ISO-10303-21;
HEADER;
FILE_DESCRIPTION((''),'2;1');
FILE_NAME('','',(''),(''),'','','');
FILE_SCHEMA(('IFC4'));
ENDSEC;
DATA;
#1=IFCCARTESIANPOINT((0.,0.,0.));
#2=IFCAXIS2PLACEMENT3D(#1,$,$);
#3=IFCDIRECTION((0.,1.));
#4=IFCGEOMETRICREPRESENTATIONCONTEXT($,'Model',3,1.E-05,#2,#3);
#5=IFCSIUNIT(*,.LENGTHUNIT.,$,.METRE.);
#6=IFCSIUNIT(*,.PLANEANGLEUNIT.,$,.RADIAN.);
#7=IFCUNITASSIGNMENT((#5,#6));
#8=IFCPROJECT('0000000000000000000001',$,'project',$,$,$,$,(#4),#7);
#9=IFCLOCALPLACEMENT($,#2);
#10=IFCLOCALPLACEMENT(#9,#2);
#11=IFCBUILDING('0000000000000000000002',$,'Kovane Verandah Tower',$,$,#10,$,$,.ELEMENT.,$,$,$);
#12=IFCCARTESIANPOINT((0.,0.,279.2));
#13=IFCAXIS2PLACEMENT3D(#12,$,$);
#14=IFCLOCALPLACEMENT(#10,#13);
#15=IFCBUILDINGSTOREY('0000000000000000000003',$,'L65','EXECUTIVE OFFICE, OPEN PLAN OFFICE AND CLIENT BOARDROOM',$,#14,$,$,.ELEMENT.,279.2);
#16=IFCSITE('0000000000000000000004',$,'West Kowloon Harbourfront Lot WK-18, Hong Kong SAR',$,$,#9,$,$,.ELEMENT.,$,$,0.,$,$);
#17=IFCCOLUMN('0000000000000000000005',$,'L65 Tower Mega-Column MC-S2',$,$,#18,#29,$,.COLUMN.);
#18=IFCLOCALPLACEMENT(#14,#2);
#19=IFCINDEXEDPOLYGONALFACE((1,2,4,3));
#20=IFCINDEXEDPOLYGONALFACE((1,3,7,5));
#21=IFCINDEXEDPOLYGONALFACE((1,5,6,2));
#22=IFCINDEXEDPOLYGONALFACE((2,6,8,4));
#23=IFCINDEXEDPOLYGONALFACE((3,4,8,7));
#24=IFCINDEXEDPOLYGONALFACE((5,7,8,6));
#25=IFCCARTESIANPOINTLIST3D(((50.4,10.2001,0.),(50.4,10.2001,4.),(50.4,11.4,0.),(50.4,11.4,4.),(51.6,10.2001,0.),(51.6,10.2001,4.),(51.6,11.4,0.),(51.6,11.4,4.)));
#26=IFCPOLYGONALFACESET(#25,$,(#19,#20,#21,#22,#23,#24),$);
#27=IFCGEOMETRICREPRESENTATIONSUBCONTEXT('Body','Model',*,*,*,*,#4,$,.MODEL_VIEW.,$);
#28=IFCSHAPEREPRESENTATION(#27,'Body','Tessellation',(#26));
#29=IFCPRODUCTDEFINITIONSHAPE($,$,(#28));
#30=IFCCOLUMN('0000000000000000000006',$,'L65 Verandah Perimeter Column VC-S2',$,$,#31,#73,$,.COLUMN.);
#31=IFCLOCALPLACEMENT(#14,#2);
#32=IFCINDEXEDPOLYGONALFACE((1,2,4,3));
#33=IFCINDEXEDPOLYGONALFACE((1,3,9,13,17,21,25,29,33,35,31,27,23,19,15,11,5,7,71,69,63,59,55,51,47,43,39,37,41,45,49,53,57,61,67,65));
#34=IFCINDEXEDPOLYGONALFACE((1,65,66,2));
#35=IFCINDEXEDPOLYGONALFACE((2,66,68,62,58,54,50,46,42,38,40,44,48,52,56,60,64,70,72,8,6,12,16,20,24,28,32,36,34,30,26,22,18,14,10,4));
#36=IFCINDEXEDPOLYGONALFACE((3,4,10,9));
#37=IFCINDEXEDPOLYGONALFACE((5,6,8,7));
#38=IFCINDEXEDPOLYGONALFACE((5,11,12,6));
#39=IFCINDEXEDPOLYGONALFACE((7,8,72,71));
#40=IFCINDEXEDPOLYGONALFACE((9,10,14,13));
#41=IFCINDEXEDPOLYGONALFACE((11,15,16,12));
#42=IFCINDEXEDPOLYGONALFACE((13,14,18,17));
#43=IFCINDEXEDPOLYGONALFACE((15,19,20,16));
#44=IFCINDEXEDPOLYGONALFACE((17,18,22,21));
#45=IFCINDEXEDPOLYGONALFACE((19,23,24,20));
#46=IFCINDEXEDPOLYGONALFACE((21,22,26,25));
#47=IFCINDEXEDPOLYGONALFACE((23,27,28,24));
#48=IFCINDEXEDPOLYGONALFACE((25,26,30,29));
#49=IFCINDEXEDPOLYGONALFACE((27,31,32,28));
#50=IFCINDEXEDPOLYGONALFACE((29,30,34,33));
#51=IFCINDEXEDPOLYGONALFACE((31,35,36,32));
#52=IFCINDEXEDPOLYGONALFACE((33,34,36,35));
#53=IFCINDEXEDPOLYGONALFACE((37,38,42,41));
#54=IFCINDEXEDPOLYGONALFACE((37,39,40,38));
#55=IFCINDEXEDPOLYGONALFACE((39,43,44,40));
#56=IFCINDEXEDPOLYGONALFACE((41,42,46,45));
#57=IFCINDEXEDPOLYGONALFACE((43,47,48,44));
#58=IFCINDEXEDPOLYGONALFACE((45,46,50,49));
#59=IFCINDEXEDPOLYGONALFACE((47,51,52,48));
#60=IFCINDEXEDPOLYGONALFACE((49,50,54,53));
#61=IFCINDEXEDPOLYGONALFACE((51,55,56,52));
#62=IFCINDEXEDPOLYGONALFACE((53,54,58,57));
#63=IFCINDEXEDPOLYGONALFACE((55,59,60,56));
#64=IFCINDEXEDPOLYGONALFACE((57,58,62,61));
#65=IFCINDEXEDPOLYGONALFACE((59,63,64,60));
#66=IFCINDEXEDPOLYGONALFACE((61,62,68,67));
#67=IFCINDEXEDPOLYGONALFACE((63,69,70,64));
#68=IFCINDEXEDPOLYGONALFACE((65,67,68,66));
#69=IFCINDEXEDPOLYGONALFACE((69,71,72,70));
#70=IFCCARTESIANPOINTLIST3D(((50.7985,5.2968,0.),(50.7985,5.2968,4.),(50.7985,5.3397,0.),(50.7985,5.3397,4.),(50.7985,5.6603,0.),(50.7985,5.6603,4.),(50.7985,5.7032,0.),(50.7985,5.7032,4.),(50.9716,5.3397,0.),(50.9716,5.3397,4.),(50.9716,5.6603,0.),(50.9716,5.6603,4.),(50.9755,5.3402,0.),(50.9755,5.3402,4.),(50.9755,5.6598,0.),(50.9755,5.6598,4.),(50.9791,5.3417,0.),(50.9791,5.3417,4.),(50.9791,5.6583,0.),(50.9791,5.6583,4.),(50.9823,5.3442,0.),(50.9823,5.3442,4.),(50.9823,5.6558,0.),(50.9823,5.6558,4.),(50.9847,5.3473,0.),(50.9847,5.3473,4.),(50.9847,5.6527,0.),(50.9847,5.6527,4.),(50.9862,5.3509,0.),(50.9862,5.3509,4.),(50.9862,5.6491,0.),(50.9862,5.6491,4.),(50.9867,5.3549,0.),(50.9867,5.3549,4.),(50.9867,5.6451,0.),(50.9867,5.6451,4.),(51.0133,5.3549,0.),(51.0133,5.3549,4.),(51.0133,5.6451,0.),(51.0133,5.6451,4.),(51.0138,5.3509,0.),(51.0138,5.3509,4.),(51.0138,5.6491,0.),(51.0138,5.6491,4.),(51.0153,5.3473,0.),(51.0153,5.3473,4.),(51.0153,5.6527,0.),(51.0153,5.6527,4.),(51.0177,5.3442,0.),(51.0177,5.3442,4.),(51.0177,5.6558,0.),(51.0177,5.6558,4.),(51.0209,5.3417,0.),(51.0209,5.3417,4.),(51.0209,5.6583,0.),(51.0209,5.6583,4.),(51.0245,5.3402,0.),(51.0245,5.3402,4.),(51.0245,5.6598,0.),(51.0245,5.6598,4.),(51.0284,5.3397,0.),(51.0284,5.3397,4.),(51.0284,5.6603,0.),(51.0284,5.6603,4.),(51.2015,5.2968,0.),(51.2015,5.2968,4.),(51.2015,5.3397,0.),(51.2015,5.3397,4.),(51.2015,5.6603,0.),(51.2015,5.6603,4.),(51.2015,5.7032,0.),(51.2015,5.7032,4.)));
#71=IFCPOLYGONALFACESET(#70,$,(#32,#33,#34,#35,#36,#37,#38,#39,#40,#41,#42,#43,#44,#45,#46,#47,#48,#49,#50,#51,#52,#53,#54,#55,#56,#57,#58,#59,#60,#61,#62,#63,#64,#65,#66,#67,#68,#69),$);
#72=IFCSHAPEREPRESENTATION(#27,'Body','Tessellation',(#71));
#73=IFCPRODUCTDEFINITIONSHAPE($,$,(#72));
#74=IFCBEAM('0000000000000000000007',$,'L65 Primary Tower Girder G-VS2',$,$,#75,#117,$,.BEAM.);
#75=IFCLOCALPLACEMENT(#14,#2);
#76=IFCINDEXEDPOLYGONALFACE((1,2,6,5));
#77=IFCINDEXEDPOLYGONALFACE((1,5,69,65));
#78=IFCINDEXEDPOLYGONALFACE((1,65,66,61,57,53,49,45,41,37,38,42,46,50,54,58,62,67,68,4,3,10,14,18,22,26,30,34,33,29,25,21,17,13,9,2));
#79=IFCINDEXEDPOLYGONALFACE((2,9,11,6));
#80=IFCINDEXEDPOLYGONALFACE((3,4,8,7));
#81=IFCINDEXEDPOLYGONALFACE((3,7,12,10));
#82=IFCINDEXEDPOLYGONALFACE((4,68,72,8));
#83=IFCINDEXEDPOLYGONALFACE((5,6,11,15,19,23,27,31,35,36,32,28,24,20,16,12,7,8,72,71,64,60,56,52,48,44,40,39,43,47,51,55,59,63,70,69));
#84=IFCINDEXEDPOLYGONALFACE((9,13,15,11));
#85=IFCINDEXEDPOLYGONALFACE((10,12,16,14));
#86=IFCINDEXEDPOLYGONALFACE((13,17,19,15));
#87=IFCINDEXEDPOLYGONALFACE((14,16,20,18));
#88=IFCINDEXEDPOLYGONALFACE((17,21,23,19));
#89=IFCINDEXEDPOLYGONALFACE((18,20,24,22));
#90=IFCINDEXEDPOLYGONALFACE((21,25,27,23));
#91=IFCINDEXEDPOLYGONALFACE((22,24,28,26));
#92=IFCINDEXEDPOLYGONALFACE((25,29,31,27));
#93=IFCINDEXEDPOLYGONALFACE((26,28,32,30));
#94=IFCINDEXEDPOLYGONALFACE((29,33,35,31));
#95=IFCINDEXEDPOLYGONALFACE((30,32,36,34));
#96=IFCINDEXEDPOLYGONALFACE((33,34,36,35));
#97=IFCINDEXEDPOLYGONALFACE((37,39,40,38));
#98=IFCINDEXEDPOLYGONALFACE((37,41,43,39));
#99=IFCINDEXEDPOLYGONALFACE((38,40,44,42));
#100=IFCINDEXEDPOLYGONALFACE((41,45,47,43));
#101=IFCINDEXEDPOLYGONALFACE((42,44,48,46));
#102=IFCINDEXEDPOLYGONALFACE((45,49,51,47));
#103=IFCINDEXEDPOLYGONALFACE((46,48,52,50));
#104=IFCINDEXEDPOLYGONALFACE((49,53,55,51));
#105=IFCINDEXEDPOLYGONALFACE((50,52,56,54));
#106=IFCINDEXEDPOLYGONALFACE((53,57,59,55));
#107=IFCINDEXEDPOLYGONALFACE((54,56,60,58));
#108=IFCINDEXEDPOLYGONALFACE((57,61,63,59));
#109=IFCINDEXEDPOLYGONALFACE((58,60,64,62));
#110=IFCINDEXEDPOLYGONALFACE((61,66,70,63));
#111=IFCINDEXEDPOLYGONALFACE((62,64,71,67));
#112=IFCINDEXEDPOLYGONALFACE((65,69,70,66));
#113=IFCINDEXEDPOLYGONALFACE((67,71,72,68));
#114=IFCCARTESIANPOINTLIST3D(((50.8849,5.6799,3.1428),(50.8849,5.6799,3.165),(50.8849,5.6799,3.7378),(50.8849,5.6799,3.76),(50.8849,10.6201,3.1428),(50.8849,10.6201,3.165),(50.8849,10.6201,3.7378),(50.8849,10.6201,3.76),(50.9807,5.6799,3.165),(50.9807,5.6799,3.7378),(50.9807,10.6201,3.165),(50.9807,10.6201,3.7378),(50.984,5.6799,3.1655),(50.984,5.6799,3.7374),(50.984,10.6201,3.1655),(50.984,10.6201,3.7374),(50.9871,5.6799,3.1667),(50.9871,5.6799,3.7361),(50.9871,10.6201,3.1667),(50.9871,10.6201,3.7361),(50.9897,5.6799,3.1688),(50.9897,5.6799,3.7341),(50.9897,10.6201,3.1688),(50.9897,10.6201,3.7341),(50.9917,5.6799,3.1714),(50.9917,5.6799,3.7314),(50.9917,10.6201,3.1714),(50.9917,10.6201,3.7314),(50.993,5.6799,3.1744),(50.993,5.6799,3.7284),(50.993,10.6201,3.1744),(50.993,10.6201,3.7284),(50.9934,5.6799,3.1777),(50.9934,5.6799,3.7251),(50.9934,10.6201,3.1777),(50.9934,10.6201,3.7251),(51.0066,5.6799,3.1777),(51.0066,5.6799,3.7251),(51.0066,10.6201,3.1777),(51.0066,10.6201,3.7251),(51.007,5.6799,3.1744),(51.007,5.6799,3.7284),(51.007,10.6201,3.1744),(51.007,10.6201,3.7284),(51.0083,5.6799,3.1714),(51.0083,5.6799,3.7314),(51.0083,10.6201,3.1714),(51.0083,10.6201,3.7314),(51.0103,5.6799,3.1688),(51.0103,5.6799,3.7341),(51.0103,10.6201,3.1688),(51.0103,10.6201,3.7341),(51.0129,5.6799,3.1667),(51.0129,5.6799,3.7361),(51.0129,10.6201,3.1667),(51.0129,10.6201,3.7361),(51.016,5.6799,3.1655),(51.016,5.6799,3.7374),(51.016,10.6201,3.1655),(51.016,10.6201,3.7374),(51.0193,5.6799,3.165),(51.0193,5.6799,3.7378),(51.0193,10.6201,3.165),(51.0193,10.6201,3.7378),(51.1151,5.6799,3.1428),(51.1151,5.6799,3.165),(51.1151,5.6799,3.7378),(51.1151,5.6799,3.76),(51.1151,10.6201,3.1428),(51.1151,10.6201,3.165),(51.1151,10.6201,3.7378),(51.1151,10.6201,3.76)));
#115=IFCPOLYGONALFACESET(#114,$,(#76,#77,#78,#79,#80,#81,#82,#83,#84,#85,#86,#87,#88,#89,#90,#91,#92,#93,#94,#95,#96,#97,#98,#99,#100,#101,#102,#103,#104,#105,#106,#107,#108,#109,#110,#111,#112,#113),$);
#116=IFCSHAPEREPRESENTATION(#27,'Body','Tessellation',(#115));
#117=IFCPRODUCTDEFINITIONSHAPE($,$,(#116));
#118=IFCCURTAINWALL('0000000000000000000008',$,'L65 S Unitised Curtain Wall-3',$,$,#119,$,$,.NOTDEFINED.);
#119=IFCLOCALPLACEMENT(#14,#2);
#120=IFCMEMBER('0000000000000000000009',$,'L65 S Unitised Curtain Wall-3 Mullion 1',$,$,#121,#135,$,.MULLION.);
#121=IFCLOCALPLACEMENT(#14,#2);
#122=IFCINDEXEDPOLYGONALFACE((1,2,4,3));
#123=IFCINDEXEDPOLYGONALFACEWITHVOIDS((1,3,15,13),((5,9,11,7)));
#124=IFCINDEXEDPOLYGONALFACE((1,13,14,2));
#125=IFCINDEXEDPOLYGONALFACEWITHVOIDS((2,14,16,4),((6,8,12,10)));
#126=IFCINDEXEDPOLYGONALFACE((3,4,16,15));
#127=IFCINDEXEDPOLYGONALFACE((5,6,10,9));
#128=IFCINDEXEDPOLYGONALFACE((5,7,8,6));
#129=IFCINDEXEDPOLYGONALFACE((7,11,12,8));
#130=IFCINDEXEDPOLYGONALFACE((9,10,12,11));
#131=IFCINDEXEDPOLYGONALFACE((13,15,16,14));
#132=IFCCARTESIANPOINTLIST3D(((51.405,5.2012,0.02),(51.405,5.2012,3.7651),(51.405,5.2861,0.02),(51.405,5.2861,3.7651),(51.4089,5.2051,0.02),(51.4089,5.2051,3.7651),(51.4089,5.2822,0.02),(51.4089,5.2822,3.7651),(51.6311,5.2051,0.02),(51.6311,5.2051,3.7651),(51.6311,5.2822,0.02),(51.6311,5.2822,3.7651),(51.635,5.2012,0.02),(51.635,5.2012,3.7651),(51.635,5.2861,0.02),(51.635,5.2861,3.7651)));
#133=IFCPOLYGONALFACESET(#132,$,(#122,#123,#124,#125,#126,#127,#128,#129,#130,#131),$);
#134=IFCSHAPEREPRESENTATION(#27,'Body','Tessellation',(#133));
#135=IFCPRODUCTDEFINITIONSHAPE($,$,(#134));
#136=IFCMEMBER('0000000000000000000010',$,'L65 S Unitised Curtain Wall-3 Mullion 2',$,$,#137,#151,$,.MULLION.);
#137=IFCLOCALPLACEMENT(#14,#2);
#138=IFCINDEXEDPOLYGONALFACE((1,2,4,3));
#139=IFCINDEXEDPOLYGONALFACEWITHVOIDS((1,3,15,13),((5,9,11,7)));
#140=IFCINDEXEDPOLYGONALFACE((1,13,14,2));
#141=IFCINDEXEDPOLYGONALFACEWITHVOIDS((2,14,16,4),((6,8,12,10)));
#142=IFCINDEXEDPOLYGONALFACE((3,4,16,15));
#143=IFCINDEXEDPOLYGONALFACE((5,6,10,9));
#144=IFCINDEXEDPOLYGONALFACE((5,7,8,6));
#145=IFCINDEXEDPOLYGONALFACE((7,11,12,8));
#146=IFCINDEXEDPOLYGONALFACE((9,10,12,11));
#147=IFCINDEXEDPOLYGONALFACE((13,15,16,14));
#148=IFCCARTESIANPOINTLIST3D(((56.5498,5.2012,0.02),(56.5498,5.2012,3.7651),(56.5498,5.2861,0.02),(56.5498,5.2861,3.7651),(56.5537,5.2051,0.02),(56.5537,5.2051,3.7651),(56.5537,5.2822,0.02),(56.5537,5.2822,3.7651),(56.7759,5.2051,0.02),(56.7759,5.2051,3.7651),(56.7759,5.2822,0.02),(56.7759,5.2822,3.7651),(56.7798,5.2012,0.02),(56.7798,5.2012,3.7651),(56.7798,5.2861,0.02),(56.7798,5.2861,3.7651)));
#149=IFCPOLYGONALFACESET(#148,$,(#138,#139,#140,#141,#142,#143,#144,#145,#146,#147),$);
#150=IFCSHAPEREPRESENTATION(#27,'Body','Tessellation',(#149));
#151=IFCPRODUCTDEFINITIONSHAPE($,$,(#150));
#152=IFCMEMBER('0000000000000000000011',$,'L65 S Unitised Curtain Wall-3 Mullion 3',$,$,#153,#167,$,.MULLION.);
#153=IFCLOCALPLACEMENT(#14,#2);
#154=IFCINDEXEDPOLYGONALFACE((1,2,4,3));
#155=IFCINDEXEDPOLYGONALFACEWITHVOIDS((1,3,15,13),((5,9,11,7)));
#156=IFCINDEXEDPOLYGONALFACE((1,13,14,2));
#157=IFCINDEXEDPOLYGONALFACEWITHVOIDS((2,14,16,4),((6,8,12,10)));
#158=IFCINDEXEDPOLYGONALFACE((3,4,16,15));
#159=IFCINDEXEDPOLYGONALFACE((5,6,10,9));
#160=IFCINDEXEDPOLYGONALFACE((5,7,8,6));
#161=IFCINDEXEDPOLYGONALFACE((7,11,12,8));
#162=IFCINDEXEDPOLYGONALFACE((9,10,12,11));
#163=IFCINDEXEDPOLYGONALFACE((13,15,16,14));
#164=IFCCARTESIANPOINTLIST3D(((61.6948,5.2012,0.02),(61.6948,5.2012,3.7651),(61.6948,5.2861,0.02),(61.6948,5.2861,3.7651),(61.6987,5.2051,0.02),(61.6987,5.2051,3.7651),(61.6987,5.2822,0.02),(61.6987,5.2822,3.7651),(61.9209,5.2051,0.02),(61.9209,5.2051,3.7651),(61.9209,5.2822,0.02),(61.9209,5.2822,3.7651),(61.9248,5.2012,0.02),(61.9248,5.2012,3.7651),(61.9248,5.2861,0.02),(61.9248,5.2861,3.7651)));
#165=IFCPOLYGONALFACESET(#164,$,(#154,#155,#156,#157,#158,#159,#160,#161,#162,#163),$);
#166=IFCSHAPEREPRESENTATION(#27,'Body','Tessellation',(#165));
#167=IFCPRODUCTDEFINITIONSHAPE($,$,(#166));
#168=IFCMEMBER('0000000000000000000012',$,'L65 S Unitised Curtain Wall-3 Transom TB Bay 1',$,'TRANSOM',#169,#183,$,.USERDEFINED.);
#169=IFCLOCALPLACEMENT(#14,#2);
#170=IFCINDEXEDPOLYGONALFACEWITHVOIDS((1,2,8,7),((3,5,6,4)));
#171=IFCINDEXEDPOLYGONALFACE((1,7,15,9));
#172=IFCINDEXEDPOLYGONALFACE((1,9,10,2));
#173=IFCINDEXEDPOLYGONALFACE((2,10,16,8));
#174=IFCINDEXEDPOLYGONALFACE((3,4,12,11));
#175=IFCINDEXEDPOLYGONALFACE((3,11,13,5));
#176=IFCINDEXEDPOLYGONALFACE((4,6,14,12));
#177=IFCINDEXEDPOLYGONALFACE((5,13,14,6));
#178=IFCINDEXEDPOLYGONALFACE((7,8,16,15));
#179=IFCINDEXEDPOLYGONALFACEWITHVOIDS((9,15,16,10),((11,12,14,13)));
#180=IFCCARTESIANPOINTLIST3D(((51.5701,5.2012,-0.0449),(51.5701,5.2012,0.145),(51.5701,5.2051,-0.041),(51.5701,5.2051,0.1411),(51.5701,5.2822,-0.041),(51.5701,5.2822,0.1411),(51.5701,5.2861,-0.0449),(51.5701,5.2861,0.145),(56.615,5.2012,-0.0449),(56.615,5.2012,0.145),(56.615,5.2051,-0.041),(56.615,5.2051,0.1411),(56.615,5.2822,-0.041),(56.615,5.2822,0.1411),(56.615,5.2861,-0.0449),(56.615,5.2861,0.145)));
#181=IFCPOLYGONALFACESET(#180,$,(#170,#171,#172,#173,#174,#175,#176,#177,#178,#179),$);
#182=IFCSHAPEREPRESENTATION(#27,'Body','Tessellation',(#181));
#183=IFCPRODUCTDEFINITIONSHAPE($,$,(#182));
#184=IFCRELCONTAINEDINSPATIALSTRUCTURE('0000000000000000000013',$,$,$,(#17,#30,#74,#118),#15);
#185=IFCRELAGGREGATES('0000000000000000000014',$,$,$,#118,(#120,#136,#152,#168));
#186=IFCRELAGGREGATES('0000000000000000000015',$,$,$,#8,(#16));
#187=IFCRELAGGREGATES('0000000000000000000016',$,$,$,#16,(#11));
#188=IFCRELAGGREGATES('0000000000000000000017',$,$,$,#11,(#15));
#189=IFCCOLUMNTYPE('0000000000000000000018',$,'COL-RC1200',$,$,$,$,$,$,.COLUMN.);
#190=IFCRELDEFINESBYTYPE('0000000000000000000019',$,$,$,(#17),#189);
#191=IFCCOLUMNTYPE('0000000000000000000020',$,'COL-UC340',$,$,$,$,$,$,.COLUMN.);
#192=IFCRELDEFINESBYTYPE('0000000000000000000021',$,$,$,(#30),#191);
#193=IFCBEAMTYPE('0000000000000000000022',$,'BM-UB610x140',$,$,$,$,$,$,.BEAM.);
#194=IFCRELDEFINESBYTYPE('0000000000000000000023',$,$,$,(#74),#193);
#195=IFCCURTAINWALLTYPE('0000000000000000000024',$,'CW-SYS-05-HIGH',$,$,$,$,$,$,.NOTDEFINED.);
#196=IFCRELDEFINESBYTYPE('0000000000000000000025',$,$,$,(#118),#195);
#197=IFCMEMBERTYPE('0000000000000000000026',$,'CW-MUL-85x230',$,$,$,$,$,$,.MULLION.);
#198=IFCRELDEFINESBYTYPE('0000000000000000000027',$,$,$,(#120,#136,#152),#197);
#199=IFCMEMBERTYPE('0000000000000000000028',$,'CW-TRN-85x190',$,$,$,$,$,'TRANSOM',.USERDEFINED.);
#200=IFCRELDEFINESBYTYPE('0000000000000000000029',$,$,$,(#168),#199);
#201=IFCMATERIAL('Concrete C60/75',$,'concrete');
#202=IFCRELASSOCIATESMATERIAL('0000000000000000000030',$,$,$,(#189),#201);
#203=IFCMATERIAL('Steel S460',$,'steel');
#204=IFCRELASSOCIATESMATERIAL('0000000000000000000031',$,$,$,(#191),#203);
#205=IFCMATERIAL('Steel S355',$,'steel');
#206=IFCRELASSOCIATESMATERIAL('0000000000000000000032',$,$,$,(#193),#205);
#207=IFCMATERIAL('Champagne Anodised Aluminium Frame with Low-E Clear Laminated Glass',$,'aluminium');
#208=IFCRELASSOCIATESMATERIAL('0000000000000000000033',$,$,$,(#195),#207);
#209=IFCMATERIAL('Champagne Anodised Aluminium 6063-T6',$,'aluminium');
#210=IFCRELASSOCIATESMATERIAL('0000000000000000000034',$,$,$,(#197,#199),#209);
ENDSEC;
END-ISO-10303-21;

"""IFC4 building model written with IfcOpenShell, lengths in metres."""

from ifc_helpers import new_model, si_unit, direction, frame, origin, origin_2d, place, context, subcontext, project, spatial, rectangle, hollow_rectangle, i_section, extrude, material, material_profile, profile_set, type_object, element, aggregate, save


model = new_model("IFC4")

# Units and contexts
model_context = context("Model", 3, precision=1e-05, world=origin(), true_north=direction((0.0, 1.0)))
body_context = subcontext(model_context, "Body", "Model", "MODEL_VIEW")
ifc_project = project(units=[si_unit("LENGTHUNIT", "METRE"), si_unit("PLANEANGLEUNIT", "RADIAN")], contexts=[model_context])

# Site, building, storey
site_placement = place(None, origin())
site = spatial("IfcSite", under=ifc_project, at=site_placement, Name="West Kowloon Harbourfront Lot WK-18, Hong Kong SAR", CompositionType="ELEMENT", RefElevation=0.0)
building_placement = place(site_placement, origin())
building = spatial("IfcBuilding", under=site, at=building_placement, Name="Kovane Verandah Tower", CompositionType="ELEMENT")
storey_placement = place(building_placement, frame((0.0, 0.0, 279.2)))
storey = spatial("IfcBuildingStorey", under=building, at=storey_placement, Name="L65", Description="EXECUTIVE OFFICE, OPEN PLAN OFFICE AND CLIENT BOARDROOM", CompositionType="ELEMENT", Elevation=279.2)

# Columns
ifc_material_1 = material(Name="Concrete C60/75", Category="concrete")
ifc_material_profile_1 = material_profile(ifc_material_1, rectangle(XDim=1.2, YDim=1.2, at=origin_2d()), Name="RC1200x1200")
ifc_profile_set_1 = profile_set([ifc_material_profile_1], Name="Concrete C60/75")
column_type_1 = type_object("IfcColumnType", Name="COL-RC1200", PredefinedType="COLUMN", material=ifc_profile_set_1)
column_1_placement = place(storey_placement, frame((51.0, 10.8, 0.0), z_axis=(0.0, 0.0, 1.0), x_axis=(1.0, 0.0, 0.0)))
element("IfcColumn", 1, at=column_1_placement, inside=storey, type_object=column_type_1, Name="L65 Tower Mega-Column MC-S2", PredefinedType="COLUMN", context=body_context, shape_type="SweptSolid", body=[
    extrude(rectangle(XDim=1.2, YDim=1.2, at=origin_2d()), origin(), (0.0, 0.0, 1.0), 4.0),
])
ifc_material_2 = material(Name="Steel S460", Category="steel")
ifc_material_profile_2 = material_profile(ifc_material_2, i_section(OverallWidth=0.4031, OverallDepth=0.4065, WebThickness=0.0266, FlangeThickness=0.043, FilletRadius=0.0151, at=origin_2d()), Name="UC356x406x340")
ifc_profile_set_2 = profile_set([ifc_material_profile_2], Name="Steel S460")
column_type_2 = type_object("IfcColumnType", Name="COL-UC340", PredefinedType="COLUMN", material=ifc_profile_set_2)
column_2_placement = place(storey_placement, frame((51.0, 5.5, 0.0), z_axis=(0.0, 0.0, 1.0), x_axis=(1.0, 0.0, 0.0)))
element("IfcColumn", 2, at=column_2_placement, inside=storey, type_object=column_type_2, Name="L65 Verandah Perimeter Column VC-S2", PredefinedType="COLUMN", context=body_context, shape_type="SweptSolid", body=[
    extrude(i_section(OverallWidth=0.4031, OverallDepth=0.4065, WebThickness=0.0266, FlangeThickness=0.043, FilletRadius=0.0151, at=origin_2d()), origin(), (0.0, 0.0, 1.0), 4.0),
])

# Beam
ifc_material_3 = material(Name="Steel S355", Category="steel")
ifc_material_profile_3 = material_profile(ifc_material_3, i_section(OverallWidth=0.2302, OverallDepth=0.6172, WebThickness=0.0132, FlangeThickness=0.0222, FilletRadius=0.0127, at=origin_2d()), Name="UB610x229x140")
ifc_profile_set_3 = profile_set([ifc_material_profile_3], Name="Steel S355")
beam_type = type_object("IfcBeamType", Name="BM-UB610x140", PredefinedType="BEAM", material=ifc_profile_set_3)
beam_placement = place(storey_placement, frame((51.0, 10.6201, 3.4514), z_axis=(0.0, -1.0, 0.0), x_axis=(1.0, 0.0, 0.0)))
element("IfcBeam", 3, at=beam_placement, inside=storey, type_object=beam_type, Name="L65 Primary Tower Girder G-VS2", PredefinedType="BEAM", context=body_context, shape_type="SweptSolid", body=[
    extrude(i_section(OverallWidth=0.2302, OverallDepth=0.6172, WebThickness=0.0132, FlangeThickness=0.0222, FilletRadius=0.0127, at=origin_2d()), origin(), (0.0, 0.0, 1.0), 4.9402),
])

# Curtain wall, members
ifc_material_4 = material(Name="Champagne Anodised Aluminium Frame with Low-E Clear Laminated Glass", Category="aluminium")
curtain_wall_type = type_object("IfcCurtainWallType", Name="CW-SYS-05-HIGH", PredefinedType="NOTDEFINED", material=ifc_material_4)
curtain_wall_placement = place(storey_placement, origin())
curtain_wall = element("IfcCurtainWall", 4, at=curtain_wall_placement, inside=storey, type_object=curtain_wall_type, Name="L65 S Unitised Curtain Wall-3", PredefinedType="NOTDEFINED")
ifc_material_5 = material(Name="Champagne Anodised Aluminium 6063-T6", Category="aluminium")
ifc_material_profile_4 = material_profile(ifc_material_5, hollow_rectangle(XDim=0.085, YDim=0.23, WallThickness=0.0039, at=origin_2d()), Name="AL85x230x4")
ifc_profile_set_4 = profile_set([ifc_material_profile_4], Name="Champagne Anodised Aluminium 6063-T6")
member_type_1 = type_object("IfcMemberType", Name="CW-MUL-85x230", PredefinedType="MULLION", material=ifc_profile_set_4)
member_1_placement = place(storey_placement, frame((51.52, 5.2437, 0.02), z_axis=(0.0, 0.0, 1.0), x_axis=(0.0, -1.0, 0.0)))
member_1 = element("IfcMember", 5, at=member_1_placement, type_object=member_type_1, Name="L65 S Unitised Curtain Wall-3 Mullion 1", PredefinedType="MULLION", context=body_context, shape_type="SweptSolid", body=[
    extrude(hollow_rectangle(XDim=0.085, YDim=0.23, WallThickness=0.0039, at=origin_2d()), origin(), (0.0, 0.0, 1.0), 3.7451),
])
member_2_placement = place(storey_placement, frame((56.6648, 5.2437, 0.02), z_axis=(0.0, 0.0, 1.0), x_axis=(0.0, -1.0, 0.0)))
member_2 = element("IfcMember", 6, at=member_2_placement, type_object=member_type_1, Name="L65 S Unitised Curtain Wall-3 Mullion 2", PredefinedType="MULLION", context=body_context, shape_type="SweptSolid", body=[
    extrude(hollow_rectangle(XDim=0.085, YDim=0.23, WallThickness=0.0039, at=origin_2d()), origin(), (0.0, 0.0, 1.0), 3.7451),
])
member_3_placement = place(storey_placement, frame((61.8098, 5.2437, 0.02), z_axis=(0.0, 0.0, 1.0), x_axis=(0.0, -1.0, 0.0)))
member_3 = element("IfcMember", 7, at=member_3_placement, type_object=member_type_1, Name="L65 S Unitised Curtain Wall-3 Mullion 3", PredefinedType="MULLION", context=body_context, shape_type="SweptSolid", body=[
    extrude(hollow_rectangle(XDim=0.085, YDim=0.23, WallThickness=0.0039, at=origin_2d()), origin(), (0.0, 0.0, 1.0), 3.7451),
])
ifc_material_profile_5 = material_profile(ifc_material_5, hollow_rectangle(XDim=0.085, YDim=0.1899, WallThickness=0.0039, at=origin_2d()), Name="AL85x190x4")
ifc_profile_set_5 = profile_set([ifc_material_profile_5], Name="Champagne Anodised Aluminium 6063-T6")
member_type_2 = type_object("IfcMemberType", Name="CW-TRN-85x190", ElementType="TRANSOM", PredefinedType="USERDEFINED", material=ifc_profile_set_5)
member_4_placement = place(storey_placement, frame((51.5701, 5.2437, 0.05), z_axis=(1.0, 0.0, 0.0), x_axis=(0.0, 1.0, 0.0)))
member_4 = element("IfcMember", 8, at=member_4_placement, type_object=member_type_2, Name="L65 S Unitised Curtain Wall-3 Transom TB Bay 1", ObjectType="TRANSOM", PredefinedType="USERDEFINED", context=body_context, shape_type="SweptSolid", body=[
    extrude(hollow_rectangle(XDim=0.085, YDim=0.1899, WallThickness=0.0039, at=origin_2d()), origin(), (0.0, 0.0, 1.0), 5.0449),
])
aggregate(curtain_wall, [member_1, member_2, member_3, member_4])

save(model, "model.ifc")
